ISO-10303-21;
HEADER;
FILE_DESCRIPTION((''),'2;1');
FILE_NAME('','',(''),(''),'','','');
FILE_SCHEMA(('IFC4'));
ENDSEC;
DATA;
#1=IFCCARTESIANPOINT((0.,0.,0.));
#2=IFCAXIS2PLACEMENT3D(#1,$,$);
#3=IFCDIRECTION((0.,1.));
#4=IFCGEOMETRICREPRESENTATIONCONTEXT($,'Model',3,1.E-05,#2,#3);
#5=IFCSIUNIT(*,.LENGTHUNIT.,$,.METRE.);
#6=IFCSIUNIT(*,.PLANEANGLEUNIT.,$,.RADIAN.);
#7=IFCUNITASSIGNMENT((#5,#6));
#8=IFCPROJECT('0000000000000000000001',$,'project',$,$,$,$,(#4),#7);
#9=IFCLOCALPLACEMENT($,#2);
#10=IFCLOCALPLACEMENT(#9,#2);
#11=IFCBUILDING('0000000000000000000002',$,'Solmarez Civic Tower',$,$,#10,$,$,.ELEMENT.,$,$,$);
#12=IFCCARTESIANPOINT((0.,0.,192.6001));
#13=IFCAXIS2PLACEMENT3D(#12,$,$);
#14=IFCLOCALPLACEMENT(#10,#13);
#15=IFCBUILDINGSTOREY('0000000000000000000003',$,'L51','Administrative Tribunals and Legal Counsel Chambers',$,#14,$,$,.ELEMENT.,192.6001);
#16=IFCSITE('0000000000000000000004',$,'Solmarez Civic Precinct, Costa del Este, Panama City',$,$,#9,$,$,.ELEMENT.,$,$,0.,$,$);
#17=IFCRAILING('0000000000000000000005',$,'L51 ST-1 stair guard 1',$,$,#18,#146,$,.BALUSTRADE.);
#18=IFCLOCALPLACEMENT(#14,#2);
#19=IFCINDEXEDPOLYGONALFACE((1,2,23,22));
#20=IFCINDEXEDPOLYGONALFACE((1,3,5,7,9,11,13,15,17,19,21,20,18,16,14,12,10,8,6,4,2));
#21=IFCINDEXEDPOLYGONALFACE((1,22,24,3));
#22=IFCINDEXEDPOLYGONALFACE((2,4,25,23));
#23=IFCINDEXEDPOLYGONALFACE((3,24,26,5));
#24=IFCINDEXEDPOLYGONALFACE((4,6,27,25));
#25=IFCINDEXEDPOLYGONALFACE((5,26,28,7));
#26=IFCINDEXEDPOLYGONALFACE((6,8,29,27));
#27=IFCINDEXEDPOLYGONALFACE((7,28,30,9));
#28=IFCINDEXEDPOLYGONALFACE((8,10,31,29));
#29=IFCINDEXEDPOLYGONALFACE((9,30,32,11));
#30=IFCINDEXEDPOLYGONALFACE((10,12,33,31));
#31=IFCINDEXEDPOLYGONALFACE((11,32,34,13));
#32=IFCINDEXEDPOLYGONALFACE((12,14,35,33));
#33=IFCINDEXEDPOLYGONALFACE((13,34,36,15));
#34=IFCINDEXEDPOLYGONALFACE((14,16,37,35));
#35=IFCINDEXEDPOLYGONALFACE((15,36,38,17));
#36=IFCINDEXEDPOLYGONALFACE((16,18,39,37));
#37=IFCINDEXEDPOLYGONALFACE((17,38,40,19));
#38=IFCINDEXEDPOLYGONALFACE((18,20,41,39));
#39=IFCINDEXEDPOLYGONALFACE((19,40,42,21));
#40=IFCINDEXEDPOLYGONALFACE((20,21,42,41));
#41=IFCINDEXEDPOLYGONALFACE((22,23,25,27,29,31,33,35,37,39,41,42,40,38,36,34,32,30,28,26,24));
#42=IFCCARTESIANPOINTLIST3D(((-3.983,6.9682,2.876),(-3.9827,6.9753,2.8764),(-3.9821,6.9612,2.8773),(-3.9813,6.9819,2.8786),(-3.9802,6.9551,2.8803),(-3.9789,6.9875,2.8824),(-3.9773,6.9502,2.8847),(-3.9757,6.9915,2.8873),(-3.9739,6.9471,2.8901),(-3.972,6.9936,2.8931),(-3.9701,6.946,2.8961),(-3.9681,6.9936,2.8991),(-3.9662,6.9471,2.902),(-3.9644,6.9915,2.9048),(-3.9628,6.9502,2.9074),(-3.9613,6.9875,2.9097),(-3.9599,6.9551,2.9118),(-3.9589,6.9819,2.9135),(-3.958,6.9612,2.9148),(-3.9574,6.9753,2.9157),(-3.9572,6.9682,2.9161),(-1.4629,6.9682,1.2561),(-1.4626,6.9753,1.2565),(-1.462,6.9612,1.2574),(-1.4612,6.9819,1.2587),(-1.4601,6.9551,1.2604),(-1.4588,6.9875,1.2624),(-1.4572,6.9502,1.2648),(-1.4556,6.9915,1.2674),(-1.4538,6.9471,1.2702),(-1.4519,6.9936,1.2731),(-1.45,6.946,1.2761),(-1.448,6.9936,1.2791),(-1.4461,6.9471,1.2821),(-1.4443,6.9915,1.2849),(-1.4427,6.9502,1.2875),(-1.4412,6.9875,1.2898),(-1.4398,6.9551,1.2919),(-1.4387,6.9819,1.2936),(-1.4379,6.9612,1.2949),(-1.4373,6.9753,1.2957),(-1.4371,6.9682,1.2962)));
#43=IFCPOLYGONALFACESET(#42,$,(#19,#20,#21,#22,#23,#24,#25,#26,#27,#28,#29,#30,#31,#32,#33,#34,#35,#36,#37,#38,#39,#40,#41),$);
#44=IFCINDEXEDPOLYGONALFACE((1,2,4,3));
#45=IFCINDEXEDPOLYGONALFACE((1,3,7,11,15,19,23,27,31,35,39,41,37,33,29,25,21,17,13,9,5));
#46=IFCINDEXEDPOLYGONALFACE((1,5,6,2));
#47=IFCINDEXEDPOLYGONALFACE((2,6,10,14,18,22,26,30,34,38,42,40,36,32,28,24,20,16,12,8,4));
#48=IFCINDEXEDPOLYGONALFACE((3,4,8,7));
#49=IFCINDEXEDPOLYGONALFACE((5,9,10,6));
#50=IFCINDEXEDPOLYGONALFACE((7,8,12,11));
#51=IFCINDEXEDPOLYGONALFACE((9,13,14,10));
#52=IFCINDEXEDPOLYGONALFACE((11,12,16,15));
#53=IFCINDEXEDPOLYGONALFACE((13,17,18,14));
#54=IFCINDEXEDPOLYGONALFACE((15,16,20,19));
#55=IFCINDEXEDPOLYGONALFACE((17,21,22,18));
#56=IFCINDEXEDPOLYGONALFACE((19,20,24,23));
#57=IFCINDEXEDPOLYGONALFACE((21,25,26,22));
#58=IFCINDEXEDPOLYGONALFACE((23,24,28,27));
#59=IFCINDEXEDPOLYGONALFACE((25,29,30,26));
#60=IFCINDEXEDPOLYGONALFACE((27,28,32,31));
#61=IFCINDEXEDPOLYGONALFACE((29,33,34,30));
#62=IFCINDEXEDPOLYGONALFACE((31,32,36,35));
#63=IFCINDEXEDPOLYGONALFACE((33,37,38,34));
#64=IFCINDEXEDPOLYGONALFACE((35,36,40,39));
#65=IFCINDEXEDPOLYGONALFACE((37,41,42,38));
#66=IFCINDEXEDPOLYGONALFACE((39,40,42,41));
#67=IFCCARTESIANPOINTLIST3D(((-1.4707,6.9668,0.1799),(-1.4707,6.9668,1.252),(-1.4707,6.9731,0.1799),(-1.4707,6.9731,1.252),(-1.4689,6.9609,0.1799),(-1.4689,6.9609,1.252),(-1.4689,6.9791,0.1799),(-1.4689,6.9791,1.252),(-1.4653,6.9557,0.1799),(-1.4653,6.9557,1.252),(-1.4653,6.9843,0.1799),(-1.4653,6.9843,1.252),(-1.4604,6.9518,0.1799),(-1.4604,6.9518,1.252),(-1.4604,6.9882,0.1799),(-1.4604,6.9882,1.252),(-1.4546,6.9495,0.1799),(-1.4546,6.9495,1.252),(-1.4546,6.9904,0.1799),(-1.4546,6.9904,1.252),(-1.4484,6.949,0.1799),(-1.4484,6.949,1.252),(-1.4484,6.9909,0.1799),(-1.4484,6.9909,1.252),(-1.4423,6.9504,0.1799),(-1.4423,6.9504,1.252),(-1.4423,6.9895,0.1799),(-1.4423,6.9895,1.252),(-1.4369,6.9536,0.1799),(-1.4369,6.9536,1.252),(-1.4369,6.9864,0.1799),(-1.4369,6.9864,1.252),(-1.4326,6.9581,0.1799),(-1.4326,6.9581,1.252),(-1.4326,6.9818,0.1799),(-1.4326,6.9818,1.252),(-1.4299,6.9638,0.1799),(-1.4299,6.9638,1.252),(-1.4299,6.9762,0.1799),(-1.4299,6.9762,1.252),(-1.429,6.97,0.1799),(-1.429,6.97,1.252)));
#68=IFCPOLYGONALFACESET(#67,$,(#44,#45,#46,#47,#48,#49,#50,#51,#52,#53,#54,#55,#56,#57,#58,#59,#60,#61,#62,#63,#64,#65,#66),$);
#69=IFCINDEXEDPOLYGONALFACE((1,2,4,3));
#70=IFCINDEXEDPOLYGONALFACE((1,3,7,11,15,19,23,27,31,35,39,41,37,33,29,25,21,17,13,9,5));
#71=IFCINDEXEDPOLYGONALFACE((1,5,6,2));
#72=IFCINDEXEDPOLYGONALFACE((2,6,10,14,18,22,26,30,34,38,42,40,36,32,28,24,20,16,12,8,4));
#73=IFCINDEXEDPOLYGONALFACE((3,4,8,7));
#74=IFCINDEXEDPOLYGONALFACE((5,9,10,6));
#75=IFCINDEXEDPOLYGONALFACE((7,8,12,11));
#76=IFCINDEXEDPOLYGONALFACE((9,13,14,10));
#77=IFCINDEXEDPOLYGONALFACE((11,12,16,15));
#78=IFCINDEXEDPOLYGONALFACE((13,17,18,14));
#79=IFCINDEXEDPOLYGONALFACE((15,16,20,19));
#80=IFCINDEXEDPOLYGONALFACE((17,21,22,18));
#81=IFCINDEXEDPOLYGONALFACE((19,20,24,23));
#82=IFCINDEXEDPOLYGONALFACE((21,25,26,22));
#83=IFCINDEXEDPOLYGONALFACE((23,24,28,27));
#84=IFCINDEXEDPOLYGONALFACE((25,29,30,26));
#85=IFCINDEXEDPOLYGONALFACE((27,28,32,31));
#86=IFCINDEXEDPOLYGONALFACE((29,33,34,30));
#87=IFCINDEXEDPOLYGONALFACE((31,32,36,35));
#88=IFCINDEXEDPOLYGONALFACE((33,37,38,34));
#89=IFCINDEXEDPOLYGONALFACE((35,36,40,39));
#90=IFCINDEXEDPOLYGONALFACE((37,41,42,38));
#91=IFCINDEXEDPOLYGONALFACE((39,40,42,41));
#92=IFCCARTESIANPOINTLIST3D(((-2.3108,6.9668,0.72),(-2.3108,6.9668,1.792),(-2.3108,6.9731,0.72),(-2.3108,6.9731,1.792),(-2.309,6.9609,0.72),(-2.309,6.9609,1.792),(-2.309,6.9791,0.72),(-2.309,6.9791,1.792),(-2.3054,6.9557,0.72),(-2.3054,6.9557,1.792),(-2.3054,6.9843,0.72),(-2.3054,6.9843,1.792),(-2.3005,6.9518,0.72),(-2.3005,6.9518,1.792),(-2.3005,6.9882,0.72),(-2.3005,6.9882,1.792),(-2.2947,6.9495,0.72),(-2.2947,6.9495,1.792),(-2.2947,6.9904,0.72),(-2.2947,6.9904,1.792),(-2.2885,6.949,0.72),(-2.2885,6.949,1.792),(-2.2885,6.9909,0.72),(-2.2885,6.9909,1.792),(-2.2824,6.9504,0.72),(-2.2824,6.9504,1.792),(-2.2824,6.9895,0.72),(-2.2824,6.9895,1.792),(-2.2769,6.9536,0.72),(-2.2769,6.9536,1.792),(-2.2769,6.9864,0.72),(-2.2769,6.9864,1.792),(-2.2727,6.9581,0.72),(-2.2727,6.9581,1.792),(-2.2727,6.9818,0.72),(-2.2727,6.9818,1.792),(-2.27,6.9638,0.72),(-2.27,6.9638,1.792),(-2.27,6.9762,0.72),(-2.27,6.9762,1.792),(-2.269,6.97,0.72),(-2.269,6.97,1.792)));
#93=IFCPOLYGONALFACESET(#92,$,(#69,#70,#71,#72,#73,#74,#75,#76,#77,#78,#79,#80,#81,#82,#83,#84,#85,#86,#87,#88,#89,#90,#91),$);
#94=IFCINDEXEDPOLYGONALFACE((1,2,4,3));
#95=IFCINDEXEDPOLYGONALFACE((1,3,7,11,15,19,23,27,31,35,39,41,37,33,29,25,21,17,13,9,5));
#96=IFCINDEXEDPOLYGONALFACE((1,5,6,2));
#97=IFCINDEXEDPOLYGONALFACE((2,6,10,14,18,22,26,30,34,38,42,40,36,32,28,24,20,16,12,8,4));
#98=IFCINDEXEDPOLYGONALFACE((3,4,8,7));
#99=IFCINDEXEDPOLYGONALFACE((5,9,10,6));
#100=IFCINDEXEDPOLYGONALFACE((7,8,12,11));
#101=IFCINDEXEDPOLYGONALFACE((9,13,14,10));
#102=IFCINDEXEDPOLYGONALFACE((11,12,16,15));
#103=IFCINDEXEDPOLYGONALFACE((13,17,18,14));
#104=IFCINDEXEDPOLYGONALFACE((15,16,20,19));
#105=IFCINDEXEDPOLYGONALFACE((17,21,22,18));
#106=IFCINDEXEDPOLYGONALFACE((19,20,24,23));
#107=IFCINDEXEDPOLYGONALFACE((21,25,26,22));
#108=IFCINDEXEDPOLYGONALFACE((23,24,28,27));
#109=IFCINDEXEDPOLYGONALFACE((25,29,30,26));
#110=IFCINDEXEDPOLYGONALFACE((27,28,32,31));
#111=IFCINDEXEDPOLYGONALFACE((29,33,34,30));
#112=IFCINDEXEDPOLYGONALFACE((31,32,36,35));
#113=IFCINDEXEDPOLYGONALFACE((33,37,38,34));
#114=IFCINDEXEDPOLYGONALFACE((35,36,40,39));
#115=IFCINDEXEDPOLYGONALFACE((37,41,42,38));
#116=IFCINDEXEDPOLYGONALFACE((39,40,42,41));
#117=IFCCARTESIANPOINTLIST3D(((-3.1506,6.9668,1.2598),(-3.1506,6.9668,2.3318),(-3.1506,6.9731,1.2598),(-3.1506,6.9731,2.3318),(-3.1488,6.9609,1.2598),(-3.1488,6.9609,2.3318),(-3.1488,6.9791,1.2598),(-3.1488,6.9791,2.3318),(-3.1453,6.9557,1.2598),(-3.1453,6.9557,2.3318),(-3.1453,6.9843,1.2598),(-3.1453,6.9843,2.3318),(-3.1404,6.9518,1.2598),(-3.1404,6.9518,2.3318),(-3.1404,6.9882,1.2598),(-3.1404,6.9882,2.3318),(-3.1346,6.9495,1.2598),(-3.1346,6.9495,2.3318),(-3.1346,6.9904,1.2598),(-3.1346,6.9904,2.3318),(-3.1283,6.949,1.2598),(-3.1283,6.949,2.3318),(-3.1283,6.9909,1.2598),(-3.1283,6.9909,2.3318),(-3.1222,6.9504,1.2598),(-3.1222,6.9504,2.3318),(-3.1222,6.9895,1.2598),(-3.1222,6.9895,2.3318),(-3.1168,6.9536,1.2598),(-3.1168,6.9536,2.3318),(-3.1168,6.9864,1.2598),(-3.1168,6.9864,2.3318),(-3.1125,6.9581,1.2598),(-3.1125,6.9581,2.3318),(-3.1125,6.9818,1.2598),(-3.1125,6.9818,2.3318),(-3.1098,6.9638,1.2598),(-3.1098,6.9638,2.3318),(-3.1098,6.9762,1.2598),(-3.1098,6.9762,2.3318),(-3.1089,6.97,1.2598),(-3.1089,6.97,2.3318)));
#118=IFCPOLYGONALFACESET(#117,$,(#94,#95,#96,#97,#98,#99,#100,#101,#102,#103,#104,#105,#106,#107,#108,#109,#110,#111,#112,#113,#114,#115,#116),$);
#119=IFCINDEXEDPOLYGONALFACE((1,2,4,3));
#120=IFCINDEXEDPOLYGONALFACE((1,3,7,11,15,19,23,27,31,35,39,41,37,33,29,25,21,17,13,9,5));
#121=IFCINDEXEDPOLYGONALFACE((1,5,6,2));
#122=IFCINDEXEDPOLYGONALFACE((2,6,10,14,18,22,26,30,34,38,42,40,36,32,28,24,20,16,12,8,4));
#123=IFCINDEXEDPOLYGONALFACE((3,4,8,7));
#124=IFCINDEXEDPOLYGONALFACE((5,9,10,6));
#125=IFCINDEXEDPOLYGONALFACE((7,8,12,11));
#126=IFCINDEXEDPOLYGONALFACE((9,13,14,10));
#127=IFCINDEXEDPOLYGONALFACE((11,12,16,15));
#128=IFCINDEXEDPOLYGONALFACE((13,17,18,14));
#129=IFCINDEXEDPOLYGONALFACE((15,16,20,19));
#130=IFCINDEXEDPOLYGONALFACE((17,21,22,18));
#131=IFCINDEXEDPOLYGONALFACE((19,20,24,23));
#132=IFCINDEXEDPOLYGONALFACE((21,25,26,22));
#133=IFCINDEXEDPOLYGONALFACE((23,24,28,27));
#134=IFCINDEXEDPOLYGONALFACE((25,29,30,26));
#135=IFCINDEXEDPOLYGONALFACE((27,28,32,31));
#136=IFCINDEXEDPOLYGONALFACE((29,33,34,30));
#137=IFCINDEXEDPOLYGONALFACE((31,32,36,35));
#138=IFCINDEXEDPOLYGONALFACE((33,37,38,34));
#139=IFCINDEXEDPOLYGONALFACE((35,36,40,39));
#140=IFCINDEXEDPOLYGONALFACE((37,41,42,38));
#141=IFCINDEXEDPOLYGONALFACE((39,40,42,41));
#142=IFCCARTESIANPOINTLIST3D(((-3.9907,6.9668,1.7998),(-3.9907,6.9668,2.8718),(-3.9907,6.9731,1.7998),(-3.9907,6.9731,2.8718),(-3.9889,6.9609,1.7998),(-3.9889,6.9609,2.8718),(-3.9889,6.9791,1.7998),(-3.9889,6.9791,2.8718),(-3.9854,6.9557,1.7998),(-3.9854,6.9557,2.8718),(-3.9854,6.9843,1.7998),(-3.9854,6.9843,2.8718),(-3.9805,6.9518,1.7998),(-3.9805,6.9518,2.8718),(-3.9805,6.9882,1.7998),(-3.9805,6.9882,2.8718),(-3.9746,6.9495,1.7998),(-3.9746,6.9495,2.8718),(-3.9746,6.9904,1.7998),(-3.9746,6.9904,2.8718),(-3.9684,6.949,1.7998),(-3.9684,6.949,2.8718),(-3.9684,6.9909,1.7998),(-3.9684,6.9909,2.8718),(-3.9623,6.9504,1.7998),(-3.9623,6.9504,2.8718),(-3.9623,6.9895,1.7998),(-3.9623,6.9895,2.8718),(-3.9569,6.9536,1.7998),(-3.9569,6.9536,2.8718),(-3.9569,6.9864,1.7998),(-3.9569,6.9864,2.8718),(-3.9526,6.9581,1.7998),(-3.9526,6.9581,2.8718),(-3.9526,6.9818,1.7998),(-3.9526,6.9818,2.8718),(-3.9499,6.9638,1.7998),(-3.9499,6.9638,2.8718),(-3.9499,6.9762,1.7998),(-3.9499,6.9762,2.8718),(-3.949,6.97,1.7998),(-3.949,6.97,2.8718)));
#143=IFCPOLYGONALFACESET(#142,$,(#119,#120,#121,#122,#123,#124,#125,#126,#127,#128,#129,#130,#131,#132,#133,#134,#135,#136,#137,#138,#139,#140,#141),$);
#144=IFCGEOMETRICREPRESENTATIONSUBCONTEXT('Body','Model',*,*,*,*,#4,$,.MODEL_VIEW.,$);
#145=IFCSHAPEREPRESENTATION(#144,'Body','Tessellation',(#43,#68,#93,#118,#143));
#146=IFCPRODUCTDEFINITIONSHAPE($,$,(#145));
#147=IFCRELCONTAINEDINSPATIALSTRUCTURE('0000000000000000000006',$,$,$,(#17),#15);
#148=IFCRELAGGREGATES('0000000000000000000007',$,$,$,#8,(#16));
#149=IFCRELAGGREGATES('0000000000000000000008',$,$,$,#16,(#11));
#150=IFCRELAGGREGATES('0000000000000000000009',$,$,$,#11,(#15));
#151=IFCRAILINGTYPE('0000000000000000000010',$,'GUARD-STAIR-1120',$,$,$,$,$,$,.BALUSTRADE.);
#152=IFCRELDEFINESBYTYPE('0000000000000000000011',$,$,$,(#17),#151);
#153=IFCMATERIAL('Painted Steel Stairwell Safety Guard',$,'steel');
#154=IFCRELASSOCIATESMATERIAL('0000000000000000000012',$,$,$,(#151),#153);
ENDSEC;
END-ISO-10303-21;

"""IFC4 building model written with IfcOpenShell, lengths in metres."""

from ifc_helpers import new_model, si_unit, direction, frame, origin, origin_2d, place, context, subcontext, project, spatial, circle, extrude, material, type_object, element, save


model = new_model("IFC4")

# Units and contexts
model_context = context("Model", 3, precision=1e-05, world=origin(), true_north=direction((0.0, 1.0)))
body_context = subcontext(model_context, "Body", "Model", "MODEL_VIEW")
ifc_project = project(units=[si_unit("LENGTHUNIT", "METRE"), si_unit("PLANEANGLEUNIT", "RADIAN")], contexts=[model_context])

# Site, building, storey
site_placement = place(None, origin())
site = spatial("IfcSite", under=ifc_project, at=site_placement, Name="Solmarez Civic Precinct, Costa del Este, Panama City", CompositionType="ELEMENT", RefElevation=0.0)
building_placement = place(site_placement, origin())
building = spatial("IfcBuilding", under=site, at=building_placement, Name="Solmarez Civic Tower", CompositionType="ELEMENT")
storey_placement = place(building_placement, frame((0.0, 0.0, 192.6001)))
storey = spatial("IfcBuildingStorey", under=building, at=storey_placement, Name="L51", Description="Administrative Tribunals and Legal Counsel Chambers", CompositionType="ELEMENT", Elevation=192.6001)

# Railing
ifc_material_1 = material(Name="Painted Steel Stairwell Safety Guard", Category="steel")
railing_type_1 = type_object("IfcRailingType", Name="GUARD-STAIR-1120", PredefinedType="BALUSTRADE", material=ifc_material_1)
railing_1_placement = place(storey_placement, frame((-1.45, 6.97, 0.1799)))
element("IfcRailing", 1, at=railing_1_placement, inside=storey, type_object=railing_type_1, Name="L51 ST-1 stair guard 1", PredefinedType="BALUSTRADE", context=body_context, shape_type="SweptSolid", body=[
    extrude(circle(Radius=0.0239, at=origin_2d()), frame((0.0, 0.0, 1.0962), z_axis=(-0.8412, 0.0, 0.540725), x_axis=(0.0, -1.0, 0.0)), (0.0, 0.0, 1.0), 2.9958),
    extrude(circle(Radius=0.021, at=origin_2d()), origin(), (0.0, 0.0, 1.0), 1.072),
    extrude(circle(Radius=0.021, at=origin_2d()), frame((-0.8401, 0.0, 0.54)), (0.0, 0.0, 1.0), 1.072),
    extrude(circle(Radius=0.021, at=origin_2d()), frame((-1.6799, 0.0, 1.0798)), (0.0, 0.0, 1.0), 1.072),
    extrude(circle(Radius=0.021, at=origin_2d()), frame((-2.52, 0.0, 1.6199)), (0.0, 0.0, 1.0), 1.072),
])

save(model, "model.ifc")
